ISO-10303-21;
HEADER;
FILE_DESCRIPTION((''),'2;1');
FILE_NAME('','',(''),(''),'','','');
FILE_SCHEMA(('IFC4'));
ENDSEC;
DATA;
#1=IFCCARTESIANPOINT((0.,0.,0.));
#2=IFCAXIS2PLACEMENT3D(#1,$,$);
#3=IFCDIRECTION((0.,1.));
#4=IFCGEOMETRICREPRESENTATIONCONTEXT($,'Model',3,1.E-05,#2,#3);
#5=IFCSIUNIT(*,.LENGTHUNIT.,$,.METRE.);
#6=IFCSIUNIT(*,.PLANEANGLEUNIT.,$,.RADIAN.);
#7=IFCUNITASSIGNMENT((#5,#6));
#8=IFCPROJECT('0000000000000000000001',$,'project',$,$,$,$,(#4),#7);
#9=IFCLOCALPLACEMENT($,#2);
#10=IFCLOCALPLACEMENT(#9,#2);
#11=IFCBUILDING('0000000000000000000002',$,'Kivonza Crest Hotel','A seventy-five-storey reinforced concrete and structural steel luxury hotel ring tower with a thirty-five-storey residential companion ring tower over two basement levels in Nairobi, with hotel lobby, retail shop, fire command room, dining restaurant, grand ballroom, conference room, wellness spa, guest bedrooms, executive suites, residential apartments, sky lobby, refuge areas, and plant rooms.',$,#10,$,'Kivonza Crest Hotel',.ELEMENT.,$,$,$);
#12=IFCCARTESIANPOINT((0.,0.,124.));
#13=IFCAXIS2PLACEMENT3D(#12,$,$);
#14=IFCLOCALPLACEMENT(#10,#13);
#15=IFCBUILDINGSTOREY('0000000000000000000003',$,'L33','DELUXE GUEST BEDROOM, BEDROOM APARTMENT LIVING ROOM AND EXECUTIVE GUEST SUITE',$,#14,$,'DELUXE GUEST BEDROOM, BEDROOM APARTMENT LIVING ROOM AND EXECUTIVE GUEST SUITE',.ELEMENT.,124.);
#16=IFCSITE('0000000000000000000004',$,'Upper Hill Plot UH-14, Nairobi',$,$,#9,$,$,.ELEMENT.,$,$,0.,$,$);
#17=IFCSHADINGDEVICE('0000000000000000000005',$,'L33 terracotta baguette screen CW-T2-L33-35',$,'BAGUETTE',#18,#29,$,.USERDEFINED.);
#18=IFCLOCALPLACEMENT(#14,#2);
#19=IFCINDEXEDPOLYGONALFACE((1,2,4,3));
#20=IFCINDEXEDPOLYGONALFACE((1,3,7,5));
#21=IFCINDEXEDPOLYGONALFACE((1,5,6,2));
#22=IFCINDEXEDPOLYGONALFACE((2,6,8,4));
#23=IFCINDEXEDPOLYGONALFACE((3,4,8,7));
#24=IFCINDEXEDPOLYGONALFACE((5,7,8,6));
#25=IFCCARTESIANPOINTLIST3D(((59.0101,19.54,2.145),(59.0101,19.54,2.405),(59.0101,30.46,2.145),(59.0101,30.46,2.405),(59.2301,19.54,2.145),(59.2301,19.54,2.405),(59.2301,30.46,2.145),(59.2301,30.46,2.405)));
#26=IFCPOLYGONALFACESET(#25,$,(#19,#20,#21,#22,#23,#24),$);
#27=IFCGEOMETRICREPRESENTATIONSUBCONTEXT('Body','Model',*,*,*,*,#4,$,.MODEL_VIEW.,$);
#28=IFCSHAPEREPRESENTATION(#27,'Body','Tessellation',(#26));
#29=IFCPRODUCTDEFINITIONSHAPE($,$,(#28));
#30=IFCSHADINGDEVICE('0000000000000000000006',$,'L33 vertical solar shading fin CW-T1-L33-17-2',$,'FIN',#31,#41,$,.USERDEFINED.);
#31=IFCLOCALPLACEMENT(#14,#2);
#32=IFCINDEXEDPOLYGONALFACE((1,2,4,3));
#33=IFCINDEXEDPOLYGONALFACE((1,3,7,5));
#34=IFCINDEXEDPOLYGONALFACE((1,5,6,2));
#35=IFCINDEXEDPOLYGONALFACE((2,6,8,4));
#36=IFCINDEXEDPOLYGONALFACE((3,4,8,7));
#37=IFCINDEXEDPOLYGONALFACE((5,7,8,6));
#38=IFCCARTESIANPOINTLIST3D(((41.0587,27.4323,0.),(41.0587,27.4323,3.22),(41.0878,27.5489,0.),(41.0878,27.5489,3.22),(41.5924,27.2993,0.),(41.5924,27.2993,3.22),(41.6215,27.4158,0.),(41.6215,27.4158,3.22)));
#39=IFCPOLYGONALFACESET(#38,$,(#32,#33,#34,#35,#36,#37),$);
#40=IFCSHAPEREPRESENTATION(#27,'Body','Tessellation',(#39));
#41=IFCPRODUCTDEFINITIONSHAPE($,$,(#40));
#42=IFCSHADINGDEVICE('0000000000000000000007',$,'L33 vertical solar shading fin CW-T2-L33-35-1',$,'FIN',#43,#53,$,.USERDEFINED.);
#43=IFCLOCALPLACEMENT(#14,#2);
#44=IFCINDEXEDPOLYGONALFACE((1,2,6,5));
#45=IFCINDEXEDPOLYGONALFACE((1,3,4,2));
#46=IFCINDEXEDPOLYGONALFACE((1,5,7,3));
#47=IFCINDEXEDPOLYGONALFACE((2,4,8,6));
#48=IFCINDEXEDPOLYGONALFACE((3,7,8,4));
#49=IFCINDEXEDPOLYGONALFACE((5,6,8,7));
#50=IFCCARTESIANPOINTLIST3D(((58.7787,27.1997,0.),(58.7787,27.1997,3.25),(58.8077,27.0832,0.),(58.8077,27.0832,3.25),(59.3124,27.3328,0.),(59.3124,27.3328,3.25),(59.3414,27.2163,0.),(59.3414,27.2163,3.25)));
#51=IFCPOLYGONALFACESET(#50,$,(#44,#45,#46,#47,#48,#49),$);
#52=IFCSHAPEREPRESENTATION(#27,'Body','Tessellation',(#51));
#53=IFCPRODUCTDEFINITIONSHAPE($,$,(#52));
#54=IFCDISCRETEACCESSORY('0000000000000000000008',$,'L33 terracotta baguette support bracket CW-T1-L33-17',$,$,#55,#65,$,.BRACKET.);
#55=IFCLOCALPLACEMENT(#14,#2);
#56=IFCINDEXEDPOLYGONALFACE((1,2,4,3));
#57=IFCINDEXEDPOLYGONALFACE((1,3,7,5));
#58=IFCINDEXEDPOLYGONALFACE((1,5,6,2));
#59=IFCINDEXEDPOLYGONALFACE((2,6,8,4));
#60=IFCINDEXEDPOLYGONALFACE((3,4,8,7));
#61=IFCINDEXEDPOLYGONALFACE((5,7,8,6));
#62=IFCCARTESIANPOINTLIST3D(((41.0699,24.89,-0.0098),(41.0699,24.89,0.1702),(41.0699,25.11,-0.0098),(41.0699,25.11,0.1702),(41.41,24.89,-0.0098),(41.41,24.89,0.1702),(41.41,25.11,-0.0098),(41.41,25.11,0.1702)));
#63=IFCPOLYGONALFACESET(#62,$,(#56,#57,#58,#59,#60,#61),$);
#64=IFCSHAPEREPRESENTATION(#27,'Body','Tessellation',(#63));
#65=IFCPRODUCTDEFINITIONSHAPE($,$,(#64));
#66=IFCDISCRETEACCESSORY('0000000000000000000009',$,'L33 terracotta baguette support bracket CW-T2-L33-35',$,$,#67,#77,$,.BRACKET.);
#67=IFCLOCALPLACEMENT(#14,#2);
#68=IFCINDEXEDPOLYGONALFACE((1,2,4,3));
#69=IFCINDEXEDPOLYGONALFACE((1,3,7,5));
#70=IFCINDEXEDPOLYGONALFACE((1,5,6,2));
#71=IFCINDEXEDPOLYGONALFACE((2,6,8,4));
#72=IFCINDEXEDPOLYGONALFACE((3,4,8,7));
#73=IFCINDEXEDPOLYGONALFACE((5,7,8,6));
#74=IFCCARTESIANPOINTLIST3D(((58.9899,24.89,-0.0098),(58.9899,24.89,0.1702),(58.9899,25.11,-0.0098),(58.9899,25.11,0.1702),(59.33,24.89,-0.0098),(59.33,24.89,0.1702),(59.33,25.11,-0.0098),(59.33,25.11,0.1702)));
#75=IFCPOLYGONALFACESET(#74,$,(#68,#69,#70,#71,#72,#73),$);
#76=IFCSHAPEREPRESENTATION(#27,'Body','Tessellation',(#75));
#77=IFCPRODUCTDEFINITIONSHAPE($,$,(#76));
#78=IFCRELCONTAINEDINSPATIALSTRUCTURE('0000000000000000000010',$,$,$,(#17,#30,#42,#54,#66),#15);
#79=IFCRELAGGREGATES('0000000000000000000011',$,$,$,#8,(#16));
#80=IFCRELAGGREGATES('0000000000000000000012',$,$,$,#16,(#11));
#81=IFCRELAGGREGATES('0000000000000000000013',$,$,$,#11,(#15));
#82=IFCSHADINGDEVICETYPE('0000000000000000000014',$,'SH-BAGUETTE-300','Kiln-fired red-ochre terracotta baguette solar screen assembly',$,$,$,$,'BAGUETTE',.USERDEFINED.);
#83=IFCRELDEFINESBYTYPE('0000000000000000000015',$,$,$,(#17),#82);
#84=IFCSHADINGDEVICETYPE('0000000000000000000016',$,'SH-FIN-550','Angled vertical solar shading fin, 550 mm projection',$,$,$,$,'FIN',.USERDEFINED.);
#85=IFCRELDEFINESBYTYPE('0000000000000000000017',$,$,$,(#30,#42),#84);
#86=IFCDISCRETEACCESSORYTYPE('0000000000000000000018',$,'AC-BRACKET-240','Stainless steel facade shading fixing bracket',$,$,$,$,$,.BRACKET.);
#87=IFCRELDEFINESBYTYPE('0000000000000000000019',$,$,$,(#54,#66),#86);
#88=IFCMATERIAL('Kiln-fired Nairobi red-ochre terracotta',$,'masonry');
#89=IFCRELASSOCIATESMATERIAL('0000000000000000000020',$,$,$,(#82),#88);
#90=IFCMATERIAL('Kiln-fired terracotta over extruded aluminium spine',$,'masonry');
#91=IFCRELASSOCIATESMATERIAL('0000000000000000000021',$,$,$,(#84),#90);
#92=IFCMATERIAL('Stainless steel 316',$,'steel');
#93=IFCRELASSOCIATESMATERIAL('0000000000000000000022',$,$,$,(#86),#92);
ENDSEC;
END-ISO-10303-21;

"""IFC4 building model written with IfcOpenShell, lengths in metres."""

from ifc_helpers import new_model, si_unit, direction, frame, origin, origin_2d, place, context, subcontext, project, spatial, rectangle, extrude, material, type_object, element, save


model = new_model("IFC4")

# Units and contexts
model_context = context("Model", 3, precision=1e-05, world=origin(), true_north=direction((0.0, 1.0)))
body_context = subcontext(model_context, "Body", "Model", "MODEL_VIEW")
ifc_project = project(units=[si_unit("LENGTHUNIT", "METRE"), si_unit("PLANEANGLEUNIT", "RADIAN")], contexts=[model_context])

# Site, building, storey
site_placement = place(None, origin())
site = spatial("IfcSite", under=ifc_project, at=site_placement, Name="Upper Hill Plot UH-14, Nairobi", CompositionType="ELEMENT", RefElevation=0.0)
building_placement = place(site_placement, origin())
building = spatial("IfcBuilding", under=site, at=building_placement, Name="Kivonza Crest Hotel", Description="A seventy-five-storey reinforced concrete and structural steel luxury hotel ring tower with a thirty-five-storey residential companion ring tower over two basement levels in Nairobi, with hotel lobby, retail shop, fire command room, dining restaurant, grand ballroom, conference room, wellness spa, guest bedrooms, executive suites, residential apartments, sky lobby, refuge areas, and plant rooms.", LongName="Kivonza Crest Hotel", CompositionType="ELEMENT")
storey_placement = place(building_placement, frame((0.0, 0.0, 124.0)))
storey = spatial("IfcBuildingStorey", under=building, at=storey_placement, Name="L33", Description="DELUXE GUEST BEDROOM, BEDROOM APARTMENT LIVING ROOM AND EXECUTIVE GUEST SUITE", LongName="DELUXE GUEST BEDROOM, BEDROOM APARTMENT LIVING ROOM AND EXECUTIVE GUEST SUITE", CompositionType="ELEMENT", Elevation=124.0)

# Shading devices
ifc_material_1 = material(Name="Kiln-fired Nairobi red-ochre terracotta", Category="masonry")
shading_device_type_1 = type_object("IfcShadingDeviceType", Name="SH-BAGUETTE-300", Description="Kiln-fired red-ochre terracotta baguette solar screen assembly", ElementType="BAGUETTE", PredefinedType="USERDEFINED", material=ifc_material_1)
shading_device_1_placement = place(storey_placement, frame((59.1201, 25.0, 2.145), z_axis=(0.0, 0.0, 1.0), x_axis=(0.0, -1.0, 0.0)))
element("IfcShadingDevice", 1, at=shading_device_1_placement, inside=storey, type_object=shading_device_type_1, Name="L33 terracotta baguette screen CW-T2-L33-35", ObjectType="BAGUETTE", PredefinedType="USERDEFINED", context=body_context, shape_type="SweptSolid", body=[
    extrude(rectangle(XDim=10.9199, YDim=0.22, at=origin_2d()), origin(), (0.0, 0.0, 1.0), 0.26),
])
ifc_material_2 = material(Name="Kiln-fired terracotta over extruded aluminium spine", Category="masonry")
shading_device_type_2 = type_object("IfcShadingDeviceType", Name="SH-FIN-550", Description="Angled vertical solar shading fin, 550 mm projection", ElementType="FIN", PredefinedType="USERDEFINED", material=ifc_material_2)
shading_device_2_placement = place(storey_placement, frame((41.3401, 27.4241, 0.0), z_axis=(0.0, 0.0, 1.0), x_axis=(0.241922, 0.970296, 0.0)))
element("IfcShadingDevice", 2, at=shading_device_2_placement, inside=storey, type_object=shading_device_type_2, Name="L33 vertical solar shading fin CW-T1-L33-17-2", ObjectType="FIN", PredefinedType="USERDEFINED", context=body_context, shape_type="SweptSolid", body=[
    extrude(rectangle(XDim=0.1201, YDim=0.55, at=origin_2d()), origin(), (0.0, 0.0, 1.0), 3.22),
])
shading_device_3_placement = place(storey_placement, frame((59.0601, 27.208, 0.0), z_axis=(0.0, 0.0, 1.0), x_axis=(0.241922, -0.970296, 0.0)))
element("IfcShadingDevice", 3, at=shading_device_3_placement, inside=storey, type_object=shading_device_type_2, Name="L33 vertical solar shading fin CW-T2-L33-35-1", ObjectType="FIN", PredefinedType="USERDEFINED", context=body_context, shape_type="SweptSolid", body=[
    extrude(rectangle(XDim=0.1201, YDim=0.55, at=origin_2d()), origin(), (0.0, 0.0, 1.0), 3.25),
])

# Discrete accessories
ifc_material_3 = material(Name="Stainless steel 316", Category="steel")
discrete_accessory_type = type_object("IfcDiscreteAccessoryType", Name="AC-BRACKET-240", Description="Stainless steel facade shading fixing bracket", PredefinedType="BRACKET", material=ifc_material_3)
for number, where, z_axis, x_axis, name in (
    (4, (41.24, 25.0, -0.0098), (0.0, 0.0, 1.0), (0.0, 1.0, 0.0), "L33 terracotta baguette support bracket CW-T1-L33-17"),
    (5, (59.1599, 25.0, -0.0098), (0.0, 0.0, 1.0), (0.0, -1.0, 0.0), "L33 terracotta baguette support bracket CW-T2-L33-35"),
):
    element("IfcDiscreteAccessory", number, at=place(storey_placement, frame(where, z_axis=z_axis, x_axis=x_axis)), inside=storey, type_object=discrete_accessory_type, Name=name, PredefinedType="BRACKET", context=body_context, shape_type="SweptSolid", body=[
        extrude(rectangle(XDim=0.22, YDim=0.3401, at=origin_2d()), origin(), (0.0, 0.0, 1.0), 0.1799),
    ])

save(model, "model.ifc")
